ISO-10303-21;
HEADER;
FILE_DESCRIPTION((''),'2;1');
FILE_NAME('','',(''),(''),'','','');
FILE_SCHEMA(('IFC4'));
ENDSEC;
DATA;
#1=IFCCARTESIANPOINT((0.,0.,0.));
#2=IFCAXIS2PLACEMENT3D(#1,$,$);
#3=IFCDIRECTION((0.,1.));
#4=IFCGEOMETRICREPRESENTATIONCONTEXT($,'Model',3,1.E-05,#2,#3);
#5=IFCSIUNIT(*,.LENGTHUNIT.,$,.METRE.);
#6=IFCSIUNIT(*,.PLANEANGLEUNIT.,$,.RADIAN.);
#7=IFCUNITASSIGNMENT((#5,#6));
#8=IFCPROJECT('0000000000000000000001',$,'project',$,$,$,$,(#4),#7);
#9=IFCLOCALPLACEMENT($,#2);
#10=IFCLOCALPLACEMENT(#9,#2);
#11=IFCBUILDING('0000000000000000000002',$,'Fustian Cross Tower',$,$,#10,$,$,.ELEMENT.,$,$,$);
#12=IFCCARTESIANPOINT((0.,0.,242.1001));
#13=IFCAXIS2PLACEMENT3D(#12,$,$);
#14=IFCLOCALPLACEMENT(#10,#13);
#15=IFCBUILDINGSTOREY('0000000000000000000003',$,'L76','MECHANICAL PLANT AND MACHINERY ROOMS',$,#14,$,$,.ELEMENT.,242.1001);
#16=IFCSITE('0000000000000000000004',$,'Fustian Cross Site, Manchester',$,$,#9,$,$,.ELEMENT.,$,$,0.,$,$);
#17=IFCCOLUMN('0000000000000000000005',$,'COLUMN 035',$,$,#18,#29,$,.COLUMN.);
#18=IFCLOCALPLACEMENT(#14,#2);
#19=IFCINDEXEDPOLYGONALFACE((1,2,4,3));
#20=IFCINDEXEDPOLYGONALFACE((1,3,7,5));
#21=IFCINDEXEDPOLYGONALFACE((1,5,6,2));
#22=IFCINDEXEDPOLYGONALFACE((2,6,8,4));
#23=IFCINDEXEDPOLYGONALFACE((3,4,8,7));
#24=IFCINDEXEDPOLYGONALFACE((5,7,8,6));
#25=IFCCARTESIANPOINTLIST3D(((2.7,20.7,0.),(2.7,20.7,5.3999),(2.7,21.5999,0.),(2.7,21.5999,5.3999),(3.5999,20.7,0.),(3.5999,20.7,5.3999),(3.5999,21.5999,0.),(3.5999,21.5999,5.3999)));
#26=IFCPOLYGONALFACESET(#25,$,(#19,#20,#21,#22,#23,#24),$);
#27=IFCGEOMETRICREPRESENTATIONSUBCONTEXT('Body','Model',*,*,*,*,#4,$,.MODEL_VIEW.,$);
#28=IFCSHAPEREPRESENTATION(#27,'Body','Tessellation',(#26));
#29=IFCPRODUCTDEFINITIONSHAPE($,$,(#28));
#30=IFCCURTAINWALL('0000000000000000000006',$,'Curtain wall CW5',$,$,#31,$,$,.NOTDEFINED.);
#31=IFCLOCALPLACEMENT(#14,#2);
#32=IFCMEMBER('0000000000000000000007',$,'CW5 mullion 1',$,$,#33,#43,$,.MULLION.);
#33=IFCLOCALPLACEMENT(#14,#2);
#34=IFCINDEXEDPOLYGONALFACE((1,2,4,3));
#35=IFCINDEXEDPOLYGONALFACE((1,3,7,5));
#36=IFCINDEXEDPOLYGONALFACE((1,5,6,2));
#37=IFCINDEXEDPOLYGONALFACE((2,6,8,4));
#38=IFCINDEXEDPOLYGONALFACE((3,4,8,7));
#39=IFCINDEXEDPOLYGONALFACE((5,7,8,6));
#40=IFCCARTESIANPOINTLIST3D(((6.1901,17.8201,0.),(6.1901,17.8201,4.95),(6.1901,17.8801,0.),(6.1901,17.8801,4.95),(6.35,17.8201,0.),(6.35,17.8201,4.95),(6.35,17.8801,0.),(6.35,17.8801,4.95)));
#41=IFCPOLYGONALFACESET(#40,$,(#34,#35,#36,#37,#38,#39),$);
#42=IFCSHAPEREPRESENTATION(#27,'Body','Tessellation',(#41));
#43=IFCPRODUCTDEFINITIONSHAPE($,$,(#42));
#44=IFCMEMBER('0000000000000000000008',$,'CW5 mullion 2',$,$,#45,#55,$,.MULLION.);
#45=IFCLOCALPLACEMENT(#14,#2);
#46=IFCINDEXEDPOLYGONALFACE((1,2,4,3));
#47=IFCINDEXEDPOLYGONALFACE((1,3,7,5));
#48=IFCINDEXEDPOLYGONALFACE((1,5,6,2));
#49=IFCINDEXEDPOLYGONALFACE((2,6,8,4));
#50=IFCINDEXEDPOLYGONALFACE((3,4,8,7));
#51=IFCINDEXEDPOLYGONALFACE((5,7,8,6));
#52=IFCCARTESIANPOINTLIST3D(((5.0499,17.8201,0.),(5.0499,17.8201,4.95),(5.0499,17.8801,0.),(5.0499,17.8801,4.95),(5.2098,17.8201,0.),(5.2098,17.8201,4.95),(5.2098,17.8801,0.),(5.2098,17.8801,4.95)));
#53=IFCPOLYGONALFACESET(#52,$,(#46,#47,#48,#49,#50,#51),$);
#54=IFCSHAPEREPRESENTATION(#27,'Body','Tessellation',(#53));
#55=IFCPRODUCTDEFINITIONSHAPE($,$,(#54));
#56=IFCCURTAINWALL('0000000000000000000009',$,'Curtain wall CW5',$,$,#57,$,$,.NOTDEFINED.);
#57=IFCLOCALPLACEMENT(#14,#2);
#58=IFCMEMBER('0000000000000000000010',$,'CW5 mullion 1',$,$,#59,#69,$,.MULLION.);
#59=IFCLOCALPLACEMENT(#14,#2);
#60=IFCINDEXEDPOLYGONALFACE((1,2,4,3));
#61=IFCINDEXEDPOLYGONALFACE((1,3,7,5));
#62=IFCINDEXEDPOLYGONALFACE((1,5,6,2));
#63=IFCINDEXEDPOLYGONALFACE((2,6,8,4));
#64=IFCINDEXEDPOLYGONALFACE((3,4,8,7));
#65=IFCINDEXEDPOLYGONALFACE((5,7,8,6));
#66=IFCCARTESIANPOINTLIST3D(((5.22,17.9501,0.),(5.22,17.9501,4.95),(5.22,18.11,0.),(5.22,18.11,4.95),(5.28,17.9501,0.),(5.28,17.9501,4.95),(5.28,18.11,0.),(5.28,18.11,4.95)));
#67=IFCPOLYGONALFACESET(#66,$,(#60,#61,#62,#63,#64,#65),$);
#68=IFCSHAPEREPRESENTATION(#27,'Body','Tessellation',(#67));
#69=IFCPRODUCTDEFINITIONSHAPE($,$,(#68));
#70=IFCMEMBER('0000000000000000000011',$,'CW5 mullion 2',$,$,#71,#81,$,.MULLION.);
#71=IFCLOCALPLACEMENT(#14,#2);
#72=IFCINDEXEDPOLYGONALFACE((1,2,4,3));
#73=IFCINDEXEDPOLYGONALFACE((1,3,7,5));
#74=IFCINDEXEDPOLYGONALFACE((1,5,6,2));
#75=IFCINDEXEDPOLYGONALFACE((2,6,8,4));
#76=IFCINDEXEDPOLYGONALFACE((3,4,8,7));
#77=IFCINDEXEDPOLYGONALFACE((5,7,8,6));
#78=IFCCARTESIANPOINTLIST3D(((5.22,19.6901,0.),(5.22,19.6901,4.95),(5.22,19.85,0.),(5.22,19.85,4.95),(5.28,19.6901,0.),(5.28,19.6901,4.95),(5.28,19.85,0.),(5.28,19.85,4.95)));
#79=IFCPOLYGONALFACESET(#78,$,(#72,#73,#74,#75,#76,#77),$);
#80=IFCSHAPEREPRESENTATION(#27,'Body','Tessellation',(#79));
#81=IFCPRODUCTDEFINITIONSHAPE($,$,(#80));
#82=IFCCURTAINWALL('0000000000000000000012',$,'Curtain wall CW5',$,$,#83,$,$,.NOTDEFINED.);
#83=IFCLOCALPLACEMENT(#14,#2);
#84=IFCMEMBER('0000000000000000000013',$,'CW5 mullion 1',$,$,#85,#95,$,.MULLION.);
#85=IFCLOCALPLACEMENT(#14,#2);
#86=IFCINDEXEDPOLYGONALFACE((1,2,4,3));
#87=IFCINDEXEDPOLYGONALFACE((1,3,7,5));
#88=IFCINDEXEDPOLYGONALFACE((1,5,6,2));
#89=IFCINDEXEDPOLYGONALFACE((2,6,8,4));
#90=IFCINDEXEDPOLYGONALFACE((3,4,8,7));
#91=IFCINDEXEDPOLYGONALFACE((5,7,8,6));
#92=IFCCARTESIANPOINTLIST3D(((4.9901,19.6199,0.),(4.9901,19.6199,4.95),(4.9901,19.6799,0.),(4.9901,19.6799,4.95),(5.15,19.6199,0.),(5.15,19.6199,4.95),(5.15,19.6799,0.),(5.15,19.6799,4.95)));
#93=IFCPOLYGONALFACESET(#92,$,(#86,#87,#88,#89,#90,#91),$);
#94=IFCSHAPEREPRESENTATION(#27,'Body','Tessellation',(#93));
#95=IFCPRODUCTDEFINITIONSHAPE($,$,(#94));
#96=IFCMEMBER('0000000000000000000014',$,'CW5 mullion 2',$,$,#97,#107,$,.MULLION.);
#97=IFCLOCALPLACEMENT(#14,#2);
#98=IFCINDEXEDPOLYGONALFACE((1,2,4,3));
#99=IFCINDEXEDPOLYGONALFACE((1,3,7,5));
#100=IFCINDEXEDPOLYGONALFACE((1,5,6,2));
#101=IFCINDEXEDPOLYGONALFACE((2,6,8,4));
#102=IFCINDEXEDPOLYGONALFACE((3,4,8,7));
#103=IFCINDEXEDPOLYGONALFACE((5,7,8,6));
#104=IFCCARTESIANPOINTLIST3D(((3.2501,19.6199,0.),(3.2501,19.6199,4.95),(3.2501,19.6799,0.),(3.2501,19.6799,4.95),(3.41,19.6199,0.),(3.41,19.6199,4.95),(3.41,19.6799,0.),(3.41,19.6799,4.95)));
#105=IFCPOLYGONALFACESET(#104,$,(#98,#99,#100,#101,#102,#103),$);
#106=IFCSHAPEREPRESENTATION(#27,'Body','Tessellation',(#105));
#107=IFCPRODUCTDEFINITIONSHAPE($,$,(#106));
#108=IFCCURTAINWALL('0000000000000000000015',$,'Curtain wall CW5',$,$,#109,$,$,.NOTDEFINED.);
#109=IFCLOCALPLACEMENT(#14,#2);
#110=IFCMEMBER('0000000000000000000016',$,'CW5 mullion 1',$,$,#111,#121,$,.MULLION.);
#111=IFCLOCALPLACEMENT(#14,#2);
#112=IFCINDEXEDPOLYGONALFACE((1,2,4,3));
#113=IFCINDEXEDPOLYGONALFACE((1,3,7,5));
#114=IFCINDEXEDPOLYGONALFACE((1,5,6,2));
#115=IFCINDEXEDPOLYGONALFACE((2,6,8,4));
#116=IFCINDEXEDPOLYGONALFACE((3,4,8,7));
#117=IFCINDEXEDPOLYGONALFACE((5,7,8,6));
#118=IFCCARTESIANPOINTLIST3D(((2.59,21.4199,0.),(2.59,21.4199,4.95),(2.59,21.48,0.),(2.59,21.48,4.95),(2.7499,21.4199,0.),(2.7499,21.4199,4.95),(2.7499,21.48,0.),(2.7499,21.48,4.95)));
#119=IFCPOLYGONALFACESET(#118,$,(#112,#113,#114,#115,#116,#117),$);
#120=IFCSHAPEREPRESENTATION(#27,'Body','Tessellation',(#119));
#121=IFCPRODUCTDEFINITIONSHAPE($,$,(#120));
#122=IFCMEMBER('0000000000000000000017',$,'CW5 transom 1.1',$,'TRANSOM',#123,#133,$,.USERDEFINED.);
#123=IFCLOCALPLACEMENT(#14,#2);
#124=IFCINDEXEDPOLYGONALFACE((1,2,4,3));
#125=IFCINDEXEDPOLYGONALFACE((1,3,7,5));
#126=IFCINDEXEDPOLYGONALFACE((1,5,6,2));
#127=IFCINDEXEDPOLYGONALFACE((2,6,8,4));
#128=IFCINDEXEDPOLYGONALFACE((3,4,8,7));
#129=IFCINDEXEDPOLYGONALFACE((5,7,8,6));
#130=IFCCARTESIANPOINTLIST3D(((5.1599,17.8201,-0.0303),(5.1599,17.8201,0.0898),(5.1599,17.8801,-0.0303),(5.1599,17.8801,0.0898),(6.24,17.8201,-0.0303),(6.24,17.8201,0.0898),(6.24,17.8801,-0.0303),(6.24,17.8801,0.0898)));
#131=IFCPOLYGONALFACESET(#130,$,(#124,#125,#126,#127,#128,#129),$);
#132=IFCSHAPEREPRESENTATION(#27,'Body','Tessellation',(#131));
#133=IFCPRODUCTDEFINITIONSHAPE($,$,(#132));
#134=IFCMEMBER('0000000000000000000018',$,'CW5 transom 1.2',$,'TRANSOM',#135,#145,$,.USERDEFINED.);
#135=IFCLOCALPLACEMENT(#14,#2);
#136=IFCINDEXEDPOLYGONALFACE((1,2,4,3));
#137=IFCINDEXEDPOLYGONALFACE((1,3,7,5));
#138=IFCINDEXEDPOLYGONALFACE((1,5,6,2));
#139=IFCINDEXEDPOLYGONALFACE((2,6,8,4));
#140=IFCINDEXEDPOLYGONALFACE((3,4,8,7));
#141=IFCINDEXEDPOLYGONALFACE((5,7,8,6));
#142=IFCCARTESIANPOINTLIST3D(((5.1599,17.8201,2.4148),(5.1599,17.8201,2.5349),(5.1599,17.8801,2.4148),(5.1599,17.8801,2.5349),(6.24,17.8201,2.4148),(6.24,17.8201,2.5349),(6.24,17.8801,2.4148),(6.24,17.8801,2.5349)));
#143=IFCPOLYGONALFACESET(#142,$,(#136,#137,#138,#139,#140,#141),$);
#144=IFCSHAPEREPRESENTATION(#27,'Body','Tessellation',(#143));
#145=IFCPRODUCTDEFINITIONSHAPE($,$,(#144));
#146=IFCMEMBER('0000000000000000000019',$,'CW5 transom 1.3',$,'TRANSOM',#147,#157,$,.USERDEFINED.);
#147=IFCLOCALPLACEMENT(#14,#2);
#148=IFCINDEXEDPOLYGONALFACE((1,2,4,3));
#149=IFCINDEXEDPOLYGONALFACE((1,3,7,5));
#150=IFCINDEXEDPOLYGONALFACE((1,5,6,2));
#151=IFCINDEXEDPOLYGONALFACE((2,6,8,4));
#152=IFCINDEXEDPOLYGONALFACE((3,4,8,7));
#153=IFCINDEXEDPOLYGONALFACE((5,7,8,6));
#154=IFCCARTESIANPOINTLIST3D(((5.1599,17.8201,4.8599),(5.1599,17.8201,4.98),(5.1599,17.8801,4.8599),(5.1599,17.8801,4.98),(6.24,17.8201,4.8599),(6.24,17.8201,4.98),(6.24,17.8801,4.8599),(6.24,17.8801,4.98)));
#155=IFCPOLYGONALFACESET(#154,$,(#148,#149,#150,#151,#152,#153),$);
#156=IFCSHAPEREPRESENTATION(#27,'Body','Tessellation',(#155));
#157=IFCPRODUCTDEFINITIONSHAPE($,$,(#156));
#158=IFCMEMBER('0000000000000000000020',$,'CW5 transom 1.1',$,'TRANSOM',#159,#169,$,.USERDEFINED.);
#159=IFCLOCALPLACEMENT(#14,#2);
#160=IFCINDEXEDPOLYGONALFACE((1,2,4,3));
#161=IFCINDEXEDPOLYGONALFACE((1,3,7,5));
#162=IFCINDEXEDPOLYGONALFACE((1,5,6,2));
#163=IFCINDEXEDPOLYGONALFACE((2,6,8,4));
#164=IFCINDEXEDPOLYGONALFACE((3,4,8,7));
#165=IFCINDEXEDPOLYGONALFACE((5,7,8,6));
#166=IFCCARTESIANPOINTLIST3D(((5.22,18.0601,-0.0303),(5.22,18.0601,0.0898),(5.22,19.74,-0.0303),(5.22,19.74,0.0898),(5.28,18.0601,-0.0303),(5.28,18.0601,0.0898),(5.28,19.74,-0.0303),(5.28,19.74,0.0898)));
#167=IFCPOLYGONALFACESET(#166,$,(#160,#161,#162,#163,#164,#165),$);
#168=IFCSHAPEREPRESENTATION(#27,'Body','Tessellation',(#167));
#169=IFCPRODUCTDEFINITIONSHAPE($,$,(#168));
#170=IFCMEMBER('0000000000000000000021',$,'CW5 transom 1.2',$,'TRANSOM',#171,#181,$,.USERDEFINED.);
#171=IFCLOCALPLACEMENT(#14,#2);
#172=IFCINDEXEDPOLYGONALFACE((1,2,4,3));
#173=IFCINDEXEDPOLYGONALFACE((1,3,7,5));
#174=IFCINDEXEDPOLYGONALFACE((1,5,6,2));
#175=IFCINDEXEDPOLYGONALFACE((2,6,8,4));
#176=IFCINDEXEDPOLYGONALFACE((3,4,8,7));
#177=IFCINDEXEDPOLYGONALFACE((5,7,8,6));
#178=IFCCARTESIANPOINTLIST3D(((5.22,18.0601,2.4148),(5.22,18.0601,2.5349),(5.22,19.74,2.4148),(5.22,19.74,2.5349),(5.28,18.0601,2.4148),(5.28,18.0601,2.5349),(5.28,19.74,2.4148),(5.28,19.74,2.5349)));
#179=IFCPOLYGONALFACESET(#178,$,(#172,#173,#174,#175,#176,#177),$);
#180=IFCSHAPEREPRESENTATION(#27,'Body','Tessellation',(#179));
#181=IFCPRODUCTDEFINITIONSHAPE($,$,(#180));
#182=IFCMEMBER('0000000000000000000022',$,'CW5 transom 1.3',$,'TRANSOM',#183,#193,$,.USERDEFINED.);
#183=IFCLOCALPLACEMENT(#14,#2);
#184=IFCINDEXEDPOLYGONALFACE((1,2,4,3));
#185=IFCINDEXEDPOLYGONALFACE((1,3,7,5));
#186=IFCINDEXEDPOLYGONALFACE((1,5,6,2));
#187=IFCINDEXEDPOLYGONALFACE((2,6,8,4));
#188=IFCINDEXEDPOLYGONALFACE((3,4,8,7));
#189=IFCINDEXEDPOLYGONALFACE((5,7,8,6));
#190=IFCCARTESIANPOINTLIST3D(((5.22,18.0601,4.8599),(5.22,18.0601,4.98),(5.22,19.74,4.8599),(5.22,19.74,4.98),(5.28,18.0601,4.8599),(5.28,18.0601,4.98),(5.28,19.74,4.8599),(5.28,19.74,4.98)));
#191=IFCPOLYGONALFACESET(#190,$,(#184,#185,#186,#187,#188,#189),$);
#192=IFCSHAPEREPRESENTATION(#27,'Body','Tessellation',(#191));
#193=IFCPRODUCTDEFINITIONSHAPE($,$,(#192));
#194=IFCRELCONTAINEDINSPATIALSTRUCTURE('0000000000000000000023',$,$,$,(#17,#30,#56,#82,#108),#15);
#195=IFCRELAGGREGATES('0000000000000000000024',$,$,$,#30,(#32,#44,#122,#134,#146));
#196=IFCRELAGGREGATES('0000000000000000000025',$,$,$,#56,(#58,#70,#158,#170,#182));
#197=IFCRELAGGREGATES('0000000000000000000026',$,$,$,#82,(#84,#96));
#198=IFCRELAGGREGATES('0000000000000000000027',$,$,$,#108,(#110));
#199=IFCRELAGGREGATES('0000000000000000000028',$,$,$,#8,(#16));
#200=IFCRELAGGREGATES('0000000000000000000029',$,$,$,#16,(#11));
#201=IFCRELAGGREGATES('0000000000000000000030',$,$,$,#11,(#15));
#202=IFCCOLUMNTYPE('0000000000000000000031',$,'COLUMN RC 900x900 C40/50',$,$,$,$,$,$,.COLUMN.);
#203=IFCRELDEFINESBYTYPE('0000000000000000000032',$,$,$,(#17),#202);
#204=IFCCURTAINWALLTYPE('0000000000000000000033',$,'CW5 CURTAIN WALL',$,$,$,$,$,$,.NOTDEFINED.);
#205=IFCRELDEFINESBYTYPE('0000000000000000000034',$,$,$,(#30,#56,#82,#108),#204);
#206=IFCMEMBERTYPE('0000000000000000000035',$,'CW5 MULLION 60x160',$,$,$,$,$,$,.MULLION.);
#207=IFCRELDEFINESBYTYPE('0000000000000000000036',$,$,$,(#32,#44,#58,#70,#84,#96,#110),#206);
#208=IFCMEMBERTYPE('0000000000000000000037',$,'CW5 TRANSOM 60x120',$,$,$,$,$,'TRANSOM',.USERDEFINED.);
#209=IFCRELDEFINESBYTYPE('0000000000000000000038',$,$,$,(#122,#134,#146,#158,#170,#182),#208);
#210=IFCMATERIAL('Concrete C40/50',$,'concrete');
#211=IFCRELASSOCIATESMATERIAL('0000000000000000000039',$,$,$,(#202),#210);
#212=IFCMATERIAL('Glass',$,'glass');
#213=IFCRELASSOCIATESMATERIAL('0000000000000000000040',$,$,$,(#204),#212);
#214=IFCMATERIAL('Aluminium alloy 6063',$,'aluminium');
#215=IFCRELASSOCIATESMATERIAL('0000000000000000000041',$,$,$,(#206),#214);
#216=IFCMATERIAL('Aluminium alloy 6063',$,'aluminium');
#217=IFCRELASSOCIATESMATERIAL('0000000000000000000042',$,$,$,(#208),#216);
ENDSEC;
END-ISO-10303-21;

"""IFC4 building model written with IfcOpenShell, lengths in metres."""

from ifc_helpers import new_model, si_unit, direction, frame, origin, origin_2d, place, context, subcontext, project, spatial, rectangle, extrude, material, material_profile, profile_set, type_object, element, aggregate, save


model = new_model("IFC4")

# Units and contexts
model_context = context("Model", 3, precision=1e-05, world=origin(), true_north=direction((0.0, 1.0)))
body_context = subcontext(model_context, "Body", "Model", "MODEL_VIEW")
ifc_project = project(units=[si_unit("LENGTHUNIT", "METRE"), si_unit("PLANEANGLEUNIT", "RADIAN")], contexts=[model_context])

# Site, building, storey
site_placement = place(None, origin())
site = spatial("IfcSite", under=ifc_project, at=site_placement, Name="Fustian Cross Site, Manchester", CompositionType="ELEMENT", RefElevation=0.0)
building_placement = place(site_placement, origin())
building = spatial("IfcBuilding", under=site, at=building_placement, Name="Fustian Cross Tower", CompositionType="ELEMENT")
storey_placement = place(building_placement, frame((0.0, 0.0, 242.1001)))
storey = spatial("IfcBuildingStorey", under=building, at=storey_placement, Name="L76", Description="MECHANICAL PLANT AND MACHINERY ROOMS", CompositionType="ELEMENT", Elevation=242.1001)

# Column
ifc_material_1 = material(Name="Concrete C40/50", Category="concrete")
ifc_material_profile_1 = material_profile(ifc_material_1, rectangle(XDim=0.8999, YDim=0.8999, at=origin_2d()), Name="RC 900x900")
ifc_profile_set_1 = profile_set([ifc_material_profile_1], Name="Concrete C40/50")
column_type = type_object("IfcColumnType", Name="COLUMN RC 900x900 C40/50", PredefinedType="COLUMN", material=ifc_profile_set_1)
column_placement = place(storey_placement, frame((3.1499, 21.1499, 0.0), z_axis=(0.0, 0.0, 1.0), x_axis=(1.0, 0.0, 0.0)))
element("IfcColumn", 1, at=column_placement, inside=storey, type_object=column_type, Name="COLUMN 035", PredefinedType="COLUMN", context=body_context, shape_type="SweptSolid", body=[
    extrude(rectangle(XDim=0.8999, YDim=0.8999, at=origin_2d()), origin(), (0.0, 0.0, 1.0), 5.3999),
])

# Curtain walls, members
ifc_material_2 = material(Name="Glass", Category="glass")
curtain_wall_type = type_object("IfcCurtainWallType", Name="CW5 CURTAIN WALL", PredefinedType="NOTDEFINED", material=ifc_material_2)
curtain_wall_1_placement = place(storey_placement, origin())
curtain_wall_1 = element("IfcCurtainWall", 2, at=curtain_wall_1_placement, inside=storey, type_object=curtain_wall_type, Name="Curtain wall CW5", PredefinedType="NOTDEFINED")
ifc_material_3 = material(Name="Aluminium alloy 6063", Category="aluminium")
ifc_material_profile_2 = material_profile(ifc_material_3, rectangle(XDim=0.0601, YDim=0.1599, at=origin_2d()), Name="CW5 MULLION 60x160")
ifc_profile_set_2 = profile_set([ifc_material_profile_2], Name="Aluminium alloy 6063")
member_type_1 = type_object("IfcMemberType", Name="CW5 MULLION 60x160", PredefinedType="MULLION", material=ifc_profile_set_2)
member_1_placement = place(storey_placement, frame((6.27, 17.8501, 0.0), z_axis=(0.0, 0.0, 1.0), x_axis=(0.0, -1.0, 0.0)))
member_1 = element("IfcMember", 3, at=member_1_placement, type_object=member_type_1, Name="CW5 mullion 1", PredefinedType="MULLION", context=body_context, shape_type="SweptSolid", body=[
    extrude(rectangle(XDim=0.0601, YDim=0.1599, at=origin_2d()), origin(), (0.0, 0.0, 1.0), 4.95),
])
member_2_placement = place(storey_placement, frame((5.1299, 17.8501, 0.0), z_axis=(0.0, 0.0, 1.0), x_axis=(0.0, -1.0, 0.0)))
member_2 = element("IfcMember", 4, at=member_2_placement, type_object=member_type_1, Name="CW5 mullion 2", PredefinedType="MULLION", context=body_context, shape_type="SweptSolid", body=[
    extrude(rectangle(XDim=0.0601, YDim=0.1599, at=origin_2d()), origin(), (0.0, 0.0, 1.0), 4.95),
])
curtain_wall_2_placement = place(storey_placement, origin())
curtain_wall_2 = element("IfcCurtainWall", 5, at=curtain_wall_2_placement, inside=storey, type_object=curtain_wall_type, Name="Curtain wall CW5", PredefinedType="NOTDEFINED")
member_3_placement = place(storey_placement, frame((5.25, 18.03, 0.0), z_axis=(0.0, 0.0, 1.0), x_axis=(-1.0, 0.0, 0.0)))
member_3 = element("IfcMember", 6, at=member_3_placement, type_object=member_type_1, Name="CW5 mullion 1", PredefinedType="MULLION", context=body_context, shape_type="SweptSolid", body=[
    extrude(rectangle(XDim=0.0601, YDim=0.1599, at=origin_2d()), origin(), (0.0, 0.0, 1.0), 4.95),
])
member_4_placement = place(storey_placement, frame((5.25, 19.77, 0.0), z_axis=(0.0, 0.0, 1.0), x_axis=(-1.0, 0.0, 0.0)))
member_4 = element("IfcMember", 7, at=member_4_placement, type_object=member_type_1, Name="CW5 mullion 2", PredefinedType="MULLION", context=body_context, shape_type="SweptSolid", body=[
    extrude(rectangle(XDim=0.0601, YDim=0.1599, at=origin_2d()), origin(), (0.0, 0.0, 1.0), 4.95),
])
curtain_wall_3_placement = place(storey_placement, origin())
curtain_wall_3 = element("IfcCurtainWall", 8, at=curtain_wall_3_placement, inside=storey, type_object=curtain_wall_type, Name="Curtain wall CW5", PredefinedType="NOTDEFINED")
member_5_placement = place(storey_placement, frame((5.0701, 19.6499, 0.0), z_axis=(0.0, 0.0, 1.0), x_axis=(0.0, -1.0, 0.0)))
member_5 = element("IfcMember", 9, at=member_5_placement, type_object=member_type_1, Name="CW5 mullion 1", PredefinedType="MULLION", context=body_context, shape_type="SweptSolid", body=[
    extrude(rectangle(XDim=0.0601, YDim=0.1599, at=origin_2d()), origin(), (0.0, 0.0, 1.0), 4.95),
])
member_6_placement = place(storey_placement, frame((3.3301, 19.6499, 0.0), z_axis=(0.0, 0.0, 1.0), x_axis=(0.0, -1.0, 0.0)))
member_6 = element("IfcMember", 10, at=member_6_placement, type_object=member_type_1, Name="CW5 mullion 2", PredefinedType="MULLION", context=body_context, shape_type="SweptSolid", body=[
    extrude(rectangle(XDim=0.0601, YDim=0.1599, at=origin_2d()), origin(), (0.0, 0.0, 1.0), 4.95),
])

# Curtain wall, member
curtain_wall_4_placement = place(storey_placement, origin())
curtain_wall_4 = element("IfcCurtainWall", 11, at=curtain_wall_4_placement, inside=storey, type_object=curtain_wall_type, Name="Curtain wall CW5", PredefinedType="NOTDEFINED")
member_7_placement = place(storey_placement, frame((2.6699, 21.45, 0.0), z_axis=(0.0, 0.0, 1.0), x_axis=(0.0, -1.0, 0.0)))
member_7 = element("IfcMember", 12, at=member_7_placement, type_object=member_type_1, Name="CW5 mullion 1", PredefinedType="MULLION", context=body_context, shape_type="SweptSolid", body=[
    extrude(rectangle(XDim=0.0601, YDim=0.1599, at=origin_2d()), origin(), (0.0, 0.0, 1.0), 4.95),
])

# Members
ifc_material_4 = material(Name="Aluminium alloy 6063", Category="aluminium")
ifc_material_profile_3 = material_profile(ifc_material_4, rectangle(XDim=0.0601, YDim=0.1201, at=origin_2d()), Name="CW5 TRANSOM 60x120")
ifc_profile_set_3 = profile_set([ifc_material_profile_3], Name="Aluminium alloy 6063")
member_type_2 = type_object("IfcMemberType", Name="CW5 TRANSOM 60x120", ElementType="TRANSOM", PredefinedType="USERDEFINED", material=ifc_profile_set_3)
member_8_placement = place(storey_placement, frame((6.24, 17.8501, 0.0298), z_axis=(-1.0, 0.0, 0.0), x_axis=(0.0, -1.0, 0.0)))
member_8 = element("IfcMember", 13, at=member_8_placement, type_object=member_type_2, Name="CW5 transom 1.1", ObjectType="TRANSOM", PredefinedType="USERDEFINED", context=body_context, shape_type="SweptSolid", body=[
    extrude(rectangle(XDim=0.0601, YDim=0.1201, at=origin_2d()), origin(), (0.0, 0.0, 1.0), 1.0801),
])
member_9_placement = place(storey_placement, frame((6.24, 17.8501, 2.4749), z_axis=(-1.0, 0.0, 0.0), x_axis=(0.0, -1.0, 0.0)))
member_9 = element("IfcMember", 14, at=member_9_placement, type_object=member_type_2, Name="CW5 transom 1.2", ObjectType="TRANSOM", PredefinedType="USERDEFINED", context=body_context, shape_type="SweptSolid", body=[
    extrude(rectangle(XDim=0.0601, YDim=0.1201, at=origin_2d()), origin(), (0.0, 0.0, 1.0), 1.0801),
])
member_10_placement = place(storey_placement, frame((6.24, 17.8501, 4.9199), z_axis=(-1.0, 0.0, 0.0), x_axis=(0.0, -1.0, 0.0)))
member_10 = element("IfcMember", 15, at=member_10_placement, type_object=member_type_2, Name="CW5 transom 1.3", ObjectType="TRANSOM", PredefinedType="USERDEFINED", context=body_context, shape_type="SweptSolid", body=[
    extrude(rectangle(XDim=0.0601, YDim=0.1201, at=origin_2d()), origin(), (0.0, 0.0, 1.0), 1.0801),
])
member_11_placement = place(storey_placement, frame((5.25, 18.0601, 0.0298), z_axis=(0.0, 1.0, 0.0), x_axis=(-1.0, 0.0, 0.0)))
member_11 = element("IfcMember", 16, at=member_11_placement, type_object=member_type_2, Name="CW5 transom 1.1", ObjectType="TRANSOM", PredefinedType="USERDEFINED", context=body_context, shape_type="SweptSolid", body=[
    extrude(rectangle(XDim=0.0601, YDim=0.1201, at=origin_2d()), origin(), (0.0, 0.0, 1.0), 1.6799),
])
member_12_placement = place(storey_placement, frame((5.25, 18.0601, 2.4749), z_axis=(0.0, 1.0, 0.0), x_axis=(-1.0, 0.0, 0.0)))
member_12 = element("IfcMember", 17, at=member_12_placement, type_object=member_type_2, Name="CW5 transom 1.2", ObjectType="TRANSOM", PredefinedType="USERDEFINED", context=body_context, shape_type="SweptSolid", body=[
    extrude(rectangle(XDim=0.0601, YDim=0.1201, at=origin_2d()), origin(), (0.0, 0.0, 1.0), 1.6799),
])
member_13_placement = place(storey_placement, frame((5.25, 18.0601, 4.9199), z_axis=(0.0, 1.0, 0.0), x_axis=(-1.0, 0.0, 0.0)))
member_13 = element("IfcMember", 18, at=member_13_placement, type_object=member_type_2, Name="CW5 transom 1.3", ObjectType="TRANSOM", PredefinedType="USERDEFINED", context=body_context, shape_type="SweptSolid", body=[
    extrude(rectangle(XDim=0.0601, YDim=0.1201, at=origin_2d()), origin(), (0.0, 0.0, 1.0), 1.6799),
])

aggregate(curtain_wall_1, [member_1, member_2, member_8, member_9, member_10])
aggregate(curtain_wall_2, [member_3, member_4, member_11, member_12, member_13])
aggregate(curtain_wall_3, [member_5, member_6])
aggregate(curtain_wall_4, [member_7])

save(model, "model.ifc")
